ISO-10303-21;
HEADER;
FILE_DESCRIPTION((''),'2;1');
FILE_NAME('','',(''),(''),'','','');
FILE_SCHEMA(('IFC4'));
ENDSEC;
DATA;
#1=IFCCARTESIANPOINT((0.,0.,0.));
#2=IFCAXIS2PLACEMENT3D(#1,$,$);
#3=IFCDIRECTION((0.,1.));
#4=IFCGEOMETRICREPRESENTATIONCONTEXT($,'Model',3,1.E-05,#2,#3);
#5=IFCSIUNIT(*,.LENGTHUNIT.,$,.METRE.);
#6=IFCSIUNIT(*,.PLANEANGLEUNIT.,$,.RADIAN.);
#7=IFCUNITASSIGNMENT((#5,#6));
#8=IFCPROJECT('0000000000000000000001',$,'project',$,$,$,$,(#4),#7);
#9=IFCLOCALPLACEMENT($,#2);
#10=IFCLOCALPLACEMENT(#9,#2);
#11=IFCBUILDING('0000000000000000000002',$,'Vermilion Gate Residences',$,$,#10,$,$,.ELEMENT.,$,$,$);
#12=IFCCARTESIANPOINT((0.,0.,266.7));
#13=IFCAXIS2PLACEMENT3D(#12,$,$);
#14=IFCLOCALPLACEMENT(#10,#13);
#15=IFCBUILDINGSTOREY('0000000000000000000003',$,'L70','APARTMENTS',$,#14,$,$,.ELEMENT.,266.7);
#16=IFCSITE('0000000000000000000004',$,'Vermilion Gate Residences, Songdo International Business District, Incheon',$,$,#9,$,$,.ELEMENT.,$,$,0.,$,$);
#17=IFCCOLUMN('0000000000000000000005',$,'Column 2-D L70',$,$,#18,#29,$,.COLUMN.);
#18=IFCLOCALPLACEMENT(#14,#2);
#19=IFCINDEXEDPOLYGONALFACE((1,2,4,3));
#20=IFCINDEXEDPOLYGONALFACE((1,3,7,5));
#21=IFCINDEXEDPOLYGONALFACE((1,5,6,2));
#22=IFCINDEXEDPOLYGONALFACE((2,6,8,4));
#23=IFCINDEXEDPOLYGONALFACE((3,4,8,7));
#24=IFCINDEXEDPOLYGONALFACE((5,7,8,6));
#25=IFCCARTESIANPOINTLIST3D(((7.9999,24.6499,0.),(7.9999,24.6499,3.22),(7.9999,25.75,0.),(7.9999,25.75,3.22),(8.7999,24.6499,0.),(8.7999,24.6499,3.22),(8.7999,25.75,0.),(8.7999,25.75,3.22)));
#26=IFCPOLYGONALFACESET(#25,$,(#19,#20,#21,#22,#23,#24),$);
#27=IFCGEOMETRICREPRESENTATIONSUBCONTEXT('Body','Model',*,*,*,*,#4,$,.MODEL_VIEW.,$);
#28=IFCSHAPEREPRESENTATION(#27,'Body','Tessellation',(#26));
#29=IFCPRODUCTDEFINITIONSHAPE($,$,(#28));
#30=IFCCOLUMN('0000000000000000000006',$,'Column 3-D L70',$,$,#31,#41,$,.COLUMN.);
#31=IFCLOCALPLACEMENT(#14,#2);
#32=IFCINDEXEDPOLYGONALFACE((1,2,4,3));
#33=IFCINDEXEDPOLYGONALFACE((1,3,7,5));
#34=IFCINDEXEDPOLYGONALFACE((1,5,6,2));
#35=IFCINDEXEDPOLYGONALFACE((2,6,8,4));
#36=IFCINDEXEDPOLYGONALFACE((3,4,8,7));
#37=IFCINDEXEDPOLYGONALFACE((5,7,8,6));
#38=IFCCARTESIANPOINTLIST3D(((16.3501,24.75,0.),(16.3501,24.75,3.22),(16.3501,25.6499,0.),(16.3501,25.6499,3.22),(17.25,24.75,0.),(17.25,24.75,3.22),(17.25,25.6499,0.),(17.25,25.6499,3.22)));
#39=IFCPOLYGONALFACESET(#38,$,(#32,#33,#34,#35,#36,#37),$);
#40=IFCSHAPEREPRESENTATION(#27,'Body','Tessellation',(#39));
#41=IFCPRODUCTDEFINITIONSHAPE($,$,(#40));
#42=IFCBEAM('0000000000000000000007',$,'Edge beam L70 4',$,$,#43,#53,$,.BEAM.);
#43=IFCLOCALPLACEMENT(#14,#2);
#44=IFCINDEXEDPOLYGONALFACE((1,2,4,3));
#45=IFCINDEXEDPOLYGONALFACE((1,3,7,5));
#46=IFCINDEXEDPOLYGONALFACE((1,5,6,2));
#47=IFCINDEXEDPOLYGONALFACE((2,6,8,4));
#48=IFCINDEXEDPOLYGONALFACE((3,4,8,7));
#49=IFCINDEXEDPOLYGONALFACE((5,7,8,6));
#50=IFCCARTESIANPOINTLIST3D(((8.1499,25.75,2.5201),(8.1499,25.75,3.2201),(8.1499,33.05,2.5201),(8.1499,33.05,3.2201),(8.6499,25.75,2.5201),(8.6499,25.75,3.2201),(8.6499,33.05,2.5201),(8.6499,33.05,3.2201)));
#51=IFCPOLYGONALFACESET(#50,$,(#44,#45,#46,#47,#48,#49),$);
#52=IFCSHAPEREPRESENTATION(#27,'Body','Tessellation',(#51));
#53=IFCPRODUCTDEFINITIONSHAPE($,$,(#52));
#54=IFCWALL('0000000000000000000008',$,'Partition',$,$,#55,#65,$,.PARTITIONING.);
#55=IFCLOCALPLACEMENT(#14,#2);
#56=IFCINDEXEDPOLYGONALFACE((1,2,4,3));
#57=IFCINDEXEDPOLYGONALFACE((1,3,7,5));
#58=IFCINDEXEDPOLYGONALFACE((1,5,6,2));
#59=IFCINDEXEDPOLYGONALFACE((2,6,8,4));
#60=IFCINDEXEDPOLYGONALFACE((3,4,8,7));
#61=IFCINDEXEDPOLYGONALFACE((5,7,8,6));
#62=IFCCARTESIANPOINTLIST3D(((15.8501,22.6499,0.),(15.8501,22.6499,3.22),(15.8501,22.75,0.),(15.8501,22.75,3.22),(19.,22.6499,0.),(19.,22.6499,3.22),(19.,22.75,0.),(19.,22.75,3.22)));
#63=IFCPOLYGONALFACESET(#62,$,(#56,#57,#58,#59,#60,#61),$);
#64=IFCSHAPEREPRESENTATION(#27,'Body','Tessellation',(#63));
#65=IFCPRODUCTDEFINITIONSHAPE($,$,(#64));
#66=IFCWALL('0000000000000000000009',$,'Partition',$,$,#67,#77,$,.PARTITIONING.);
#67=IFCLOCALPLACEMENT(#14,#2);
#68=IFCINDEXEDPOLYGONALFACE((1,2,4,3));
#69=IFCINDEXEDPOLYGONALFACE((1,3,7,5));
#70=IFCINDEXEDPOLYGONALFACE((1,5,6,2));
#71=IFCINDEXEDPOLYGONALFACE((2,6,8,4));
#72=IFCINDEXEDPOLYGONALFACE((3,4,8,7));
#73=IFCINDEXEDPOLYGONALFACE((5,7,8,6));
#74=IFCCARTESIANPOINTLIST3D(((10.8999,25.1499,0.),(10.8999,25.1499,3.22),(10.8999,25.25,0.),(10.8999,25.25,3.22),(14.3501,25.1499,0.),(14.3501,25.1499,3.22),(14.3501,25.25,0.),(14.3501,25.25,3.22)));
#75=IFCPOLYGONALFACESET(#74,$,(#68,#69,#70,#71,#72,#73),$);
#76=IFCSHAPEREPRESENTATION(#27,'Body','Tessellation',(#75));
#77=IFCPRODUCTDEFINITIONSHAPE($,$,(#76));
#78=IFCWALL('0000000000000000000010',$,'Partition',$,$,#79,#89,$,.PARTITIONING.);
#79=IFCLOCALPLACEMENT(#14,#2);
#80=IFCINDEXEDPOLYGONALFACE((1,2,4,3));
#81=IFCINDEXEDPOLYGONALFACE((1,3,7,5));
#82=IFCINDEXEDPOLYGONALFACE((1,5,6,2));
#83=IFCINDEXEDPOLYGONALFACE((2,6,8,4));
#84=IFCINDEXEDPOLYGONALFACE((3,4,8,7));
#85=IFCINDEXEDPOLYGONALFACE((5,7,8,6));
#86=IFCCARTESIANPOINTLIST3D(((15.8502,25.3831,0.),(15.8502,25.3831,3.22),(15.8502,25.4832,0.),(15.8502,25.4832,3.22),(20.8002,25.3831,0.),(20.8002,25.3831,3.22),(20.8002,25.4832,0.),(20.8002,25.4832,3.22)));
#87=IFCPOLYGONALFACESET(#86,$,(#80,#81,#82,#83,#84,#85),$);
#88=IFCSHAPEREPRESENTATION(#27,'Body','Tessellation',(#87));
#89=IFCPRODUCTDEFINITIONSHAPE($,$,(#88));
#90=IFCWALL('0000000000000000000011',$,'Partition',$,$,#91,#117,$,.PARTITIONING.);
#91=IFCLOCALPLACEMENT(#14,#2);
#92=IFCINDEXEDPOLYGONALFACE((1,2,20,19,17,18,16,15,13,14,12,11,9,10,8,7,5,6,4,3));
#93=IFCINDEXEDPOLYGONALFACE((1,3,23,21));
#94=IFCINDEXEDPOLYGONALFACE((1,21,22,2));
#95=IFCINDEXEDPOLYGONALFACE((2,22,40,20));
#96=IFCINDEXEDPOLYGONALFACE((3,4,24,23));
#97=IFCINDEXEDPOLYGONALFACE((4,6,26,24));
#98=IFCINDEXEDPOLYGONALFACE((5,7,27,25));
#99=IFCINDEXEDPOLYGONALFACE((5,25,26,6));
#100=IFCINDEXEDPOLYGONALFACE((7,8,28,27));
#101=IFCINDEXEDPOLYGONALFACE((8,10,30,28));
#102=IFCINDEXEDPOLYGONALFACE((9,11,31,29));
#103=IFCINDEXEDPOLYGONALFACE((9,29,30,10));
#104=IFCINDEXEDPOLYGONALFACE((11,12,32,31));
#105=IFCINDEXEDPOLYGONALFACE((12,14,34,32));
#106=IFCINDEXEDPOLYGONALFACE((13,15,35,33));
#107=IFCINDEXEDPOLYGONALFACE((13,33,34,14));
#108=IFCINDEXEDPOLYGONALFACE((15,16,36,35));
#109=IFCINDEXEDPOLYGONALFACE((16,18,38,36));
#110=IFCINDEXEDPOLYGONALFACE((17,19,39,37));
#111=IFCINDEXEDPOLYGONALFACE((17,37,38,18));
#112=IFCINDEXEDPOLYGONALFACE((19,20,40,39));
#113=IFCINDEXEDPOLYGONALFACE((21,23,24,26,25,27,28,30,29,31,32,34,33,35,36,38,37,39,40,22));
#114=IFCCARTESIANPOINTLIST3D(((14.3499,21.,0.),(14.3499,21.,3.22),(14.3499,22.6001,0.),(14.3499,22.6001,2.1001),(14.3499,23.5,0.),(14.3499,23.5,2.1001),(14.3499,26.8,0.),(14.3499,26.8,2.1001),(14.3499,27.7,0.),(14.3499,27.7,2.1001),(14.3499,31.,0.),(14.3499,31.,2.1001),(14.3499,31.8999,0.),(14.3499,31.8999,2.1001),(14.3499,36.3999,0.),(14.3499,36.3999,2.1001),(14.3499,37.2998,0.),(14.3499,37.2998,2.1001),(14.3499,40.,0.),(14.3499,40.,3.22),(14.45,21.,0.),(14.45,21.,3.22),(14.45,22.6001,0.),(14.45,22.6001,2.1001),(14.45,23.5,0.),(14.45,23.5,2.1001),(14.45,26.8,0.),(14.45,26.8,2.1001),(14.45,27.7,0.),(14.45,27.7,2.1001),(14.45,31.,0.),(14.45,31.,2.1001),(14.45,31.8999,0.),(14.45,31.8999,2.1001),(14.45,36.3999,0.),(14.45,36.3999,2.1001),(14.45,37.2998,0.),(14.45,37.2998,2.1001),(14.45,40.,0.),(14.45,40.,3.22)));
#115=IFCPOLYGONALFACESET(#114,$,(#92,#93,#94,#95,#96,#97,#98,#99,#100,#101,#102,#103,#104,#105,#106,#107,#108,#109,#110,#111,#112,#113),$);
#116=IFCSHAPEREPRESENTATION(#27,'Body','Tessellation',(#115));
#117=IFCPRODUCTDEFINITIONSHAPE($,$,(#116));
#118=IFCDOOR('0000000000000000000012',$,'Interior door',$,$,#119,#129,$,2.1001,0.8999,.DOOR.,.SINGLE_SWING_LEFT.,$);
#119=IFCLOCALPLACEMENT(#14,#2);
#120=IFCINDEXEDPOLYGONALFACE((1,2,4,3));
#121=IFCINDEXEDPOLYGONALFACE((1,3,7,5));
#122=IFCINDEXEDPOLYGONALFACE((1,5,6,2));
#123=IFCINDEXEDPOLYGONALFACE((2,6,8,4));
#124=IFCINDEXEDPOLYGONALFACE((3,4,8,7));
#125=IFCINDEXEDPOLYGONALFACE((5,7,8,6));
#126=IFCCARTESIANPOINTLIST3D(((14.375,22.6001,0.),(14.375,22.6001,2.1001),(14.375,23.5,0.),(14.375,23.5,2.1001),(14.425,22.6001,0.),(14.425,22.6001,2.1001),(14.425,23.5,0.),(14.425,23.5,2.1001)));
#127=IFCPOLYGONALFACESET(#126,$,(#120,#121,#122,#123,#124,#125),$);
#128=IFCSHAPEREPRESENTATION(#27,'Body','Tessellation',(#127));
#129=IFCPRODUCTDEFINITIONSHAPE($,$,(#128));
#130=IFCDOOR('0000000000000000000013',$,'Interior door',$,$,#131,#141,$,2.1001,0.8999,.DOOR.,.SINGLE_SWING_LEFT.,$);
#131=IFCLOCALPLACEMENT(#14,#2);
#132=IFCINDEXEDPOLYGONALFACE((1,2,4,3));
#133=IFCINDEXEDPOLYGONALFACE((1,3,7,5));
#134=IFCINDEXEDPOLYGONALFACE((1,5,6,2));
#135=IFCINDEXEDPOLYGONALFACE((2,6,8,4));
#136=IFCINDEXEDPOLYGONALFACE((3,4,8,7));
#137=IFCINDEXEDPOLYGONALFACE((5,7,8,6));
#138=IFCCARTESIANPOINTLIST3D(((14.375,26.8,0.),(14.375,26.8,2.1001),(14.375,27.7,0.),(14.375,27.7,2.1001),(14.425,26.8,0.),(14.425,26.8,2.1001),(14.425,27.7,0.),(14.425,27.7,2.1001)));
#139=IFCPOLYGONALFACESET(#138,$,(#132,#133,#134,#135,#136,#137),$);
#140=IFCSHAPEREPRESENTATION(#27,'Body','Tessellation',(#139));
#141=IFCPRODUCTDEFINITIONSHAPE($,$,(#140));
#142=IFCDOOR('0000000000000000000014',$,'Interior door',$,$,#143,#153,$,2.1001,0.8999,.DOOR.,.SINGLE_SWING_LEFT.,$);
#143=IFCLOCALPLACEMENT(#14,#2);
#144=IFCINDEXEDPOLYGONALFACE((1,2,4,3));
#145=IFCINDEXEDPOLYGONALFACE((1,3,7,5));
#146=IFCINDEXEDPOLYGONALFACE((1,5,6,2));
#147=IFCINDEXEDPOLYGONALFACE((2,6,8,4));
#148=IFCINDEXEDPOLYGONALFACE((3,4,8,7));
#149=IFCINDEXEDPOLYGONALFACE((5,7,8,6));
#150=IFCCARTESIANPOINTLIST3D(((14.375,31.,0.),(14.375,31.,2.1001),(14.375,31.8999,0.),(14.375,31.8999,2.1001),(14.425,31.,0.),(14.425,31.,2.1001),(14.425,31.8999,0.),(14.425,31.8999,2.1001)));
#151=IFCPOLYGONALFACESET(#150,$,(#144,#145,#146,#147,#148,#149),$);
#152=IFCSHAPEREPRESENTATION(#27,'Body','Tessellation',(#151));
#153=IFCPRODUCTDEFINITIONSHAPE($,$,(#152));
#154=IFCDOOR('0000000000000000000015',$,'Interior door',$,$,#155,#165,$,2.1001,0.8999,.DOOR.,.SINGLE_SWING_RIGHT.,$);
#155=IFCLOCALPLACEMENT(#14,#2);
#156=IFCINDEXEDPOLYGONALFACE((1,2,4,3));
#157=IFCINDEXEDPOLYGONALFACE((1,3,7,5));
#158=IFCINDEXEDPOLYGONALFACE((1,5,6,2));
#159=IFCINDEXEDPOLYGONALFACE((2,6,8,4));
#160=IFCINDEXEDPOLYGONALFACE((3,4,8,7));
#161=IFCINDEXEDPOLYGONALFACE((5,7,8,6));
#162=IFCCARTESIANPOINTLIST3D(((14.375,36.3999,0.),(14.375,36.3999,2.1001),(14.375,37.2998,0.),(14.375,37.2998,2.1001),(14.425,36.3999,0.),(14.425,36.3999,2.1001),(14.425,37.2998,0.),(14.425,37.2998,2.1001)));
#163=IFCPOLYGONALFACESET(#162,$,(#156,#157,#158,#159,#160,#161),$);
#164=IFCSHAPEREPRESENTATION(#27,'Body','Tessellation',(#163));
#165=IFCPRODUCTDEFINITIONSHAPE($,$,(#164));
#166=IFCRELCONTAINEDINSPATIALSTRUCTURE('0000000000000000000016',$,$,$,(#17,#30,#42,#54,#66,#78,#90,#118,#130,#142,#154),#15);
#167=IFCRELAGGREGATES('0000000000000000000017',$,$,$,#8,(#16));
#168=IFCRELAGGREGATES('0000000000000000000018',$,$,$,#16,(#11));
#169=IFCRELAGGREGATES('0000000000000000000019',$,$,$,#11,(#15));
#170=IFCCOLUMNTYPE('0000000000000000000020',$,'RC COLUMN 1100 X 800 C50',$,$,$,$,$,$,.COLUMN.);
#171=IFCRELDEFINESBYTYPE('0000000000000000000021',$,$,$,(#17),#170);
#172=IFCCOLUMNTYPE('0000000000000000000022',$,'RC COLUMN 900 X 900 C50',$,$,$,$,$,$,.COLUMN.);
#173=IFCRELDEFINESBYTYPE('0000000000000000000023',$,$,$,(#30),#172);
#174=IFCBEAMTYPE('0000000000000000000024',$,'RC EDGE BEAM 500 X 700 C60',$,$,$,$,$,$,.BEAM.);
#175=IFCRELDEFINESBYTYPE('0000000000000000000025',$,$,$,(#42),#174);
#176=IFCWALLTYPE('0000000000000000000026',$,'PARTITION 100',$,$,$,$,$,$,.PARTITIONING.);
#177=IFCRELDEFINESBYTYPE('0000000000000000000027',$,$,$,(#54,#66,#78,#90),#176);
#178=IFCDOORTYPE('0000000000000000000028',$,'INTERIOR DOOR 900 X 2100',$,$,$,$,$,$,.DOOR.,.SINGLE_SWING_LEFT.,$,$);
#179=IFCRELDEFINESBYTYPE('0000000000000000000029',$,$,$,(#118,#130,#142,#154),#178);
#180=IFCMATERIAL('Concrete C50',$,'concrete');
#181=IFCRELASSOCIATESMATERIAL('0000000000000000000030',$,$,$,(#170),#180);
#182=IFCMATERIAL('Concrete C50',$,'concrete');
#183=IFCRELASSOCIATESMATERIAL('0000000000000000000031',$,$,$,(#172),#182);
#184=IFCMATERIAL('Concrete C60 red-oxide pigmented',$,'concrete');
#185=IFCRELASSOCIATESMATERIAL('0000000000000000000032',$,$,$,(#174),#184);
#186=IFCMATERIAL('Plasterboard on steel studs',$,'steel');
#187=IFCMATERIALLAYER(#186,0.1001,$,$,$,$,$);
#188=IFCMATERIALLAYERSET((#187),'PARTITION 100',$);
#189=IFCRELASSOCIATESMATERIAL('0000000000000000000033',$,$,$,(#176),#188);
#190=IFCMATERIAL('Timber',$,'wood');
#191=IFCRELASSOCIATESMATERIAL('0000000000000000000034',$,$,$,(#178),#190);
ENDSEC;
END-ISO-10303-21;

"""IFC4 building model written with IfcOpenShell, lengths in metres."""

from ifc_helpers import new_model, si_unit, direction, frame, frame_2d, origin, origin_2d, place, context, subcontext, project, spatial, rectangle, extrude, material, layer, layer_set, material_profile, profile_set, type_object, element, fill, save


model = new_model("IFC4")

# Units and contexts
model_context = context("Model", 3, precision=1e-05, world=origin(), true_north=direction((0.0, 1.0)))
body_context = subcontext(model_context, "Body", "Model", "MODEL_VIEW")
ifc_project = project(units=[si_unit("LENGTHUNIT", "METRE"), si_unit("PLANEANGLEUNIT", "RADIAN")], contexts=[model_context])

# Site, building, storey
site_placement = place(None, origin())
site = spatial("IfcSite", under=ifc_project, at=site_placement, Name="Vermilion Gate Residences, Songdo International Business District, Incheon", CompositionType="ELEMENT", RefElevation=0.0)
building_placement = place(site_placement, origin())
building = spatial("IfcBuilding", under=site, at=building_placement, Name="Vermilion Gate Residences", CompositionType="ELEMENT")
storey_placement = place(building_placement, frame((0.0, 0.0, 266.7)))
storey = spatial("IfcBuildingStorey", under=building, at=storey_placement, Name="L70", Description="APARTMENTS", CompositionType="ELEMENT", Elevation=266.7)

# Columns
ifc_material_1 = material(Name="Concrete C50", Category="concrete")
ifc_material_profile_1 = material_profile(ifc_material_1, rectangle(XDim=1.1001, YDim=0.8, at=origin_2d()), Name="RC-1100x800")
ifc_profile_set_1 = profile_set([ifc_material_profile_1], Name="Concrete C50")
column_type_1 = type_object("IfcColumnType", Name="RC COLUMN 1100 X 800 C50", PredefinedType="COLUMN", material=ifc_profile_set_1)
column_1_placement = place(storey_placement, frame((8.3999, 25.2, 0.0), z_axis=(0.0, 0.0, 1.0), x_axis=(0.0, 1.0, 0.0)))
element("IfcColumn", 1, at=column_1_placement, inside=storey, type_object=column_type_1, Name="Column 2-D L70", PredefinedType="COLUMN", context=body_context, shape_type="SweptSolid", body=[
    extrude(rectangle(XDim=1.1001, YDim=0.8, at=origin_2d()), origin(), (0.0, 0.0, 1.0), 3.22),
])
ifc_material_2 = material(Name="Concrete C50", Category="concrete")
ifc_material_profile_2 = material_profile(ifc_material_2, rectangle(XDim=0.8999, YDim=0.8999, at=origin_2d()), Name="RC-900x900")
ifc_profile_set_2 = profile_set([ifc_material_profile_2], Name="Concrete C50")
column_type_2 = type_object("IfcColumnType", Name="RC COLUMN 900 X 900 C50", PredefinedType="COLUMN", material=ifc_profile_set_2)
column_2_placement = place(storey_placement, frame((16.8, 25.2, 0.0), z_axis=(0.0, 0.0, 1.0), x_axis=(1.0, 0.0, 0.0)))
element("IfcColumn", 2, at=column_2_placement, inside=storey, type_object=column_type_2, Name="Column 3-D L70", PredefinedType="COLUMN", context=body_context, shape_type="SweptSolid", body=[
    extrude(rectangle(XDim=0.8999, YDim=0.8999, at=origin_2d()), origin(), (0.0, 0.0, 1.0), 3.22),
])

# Beam
ifc_material_3 = material(Name="Concrete C60 red-oxide pigmented", Category="concrete")
ifc_material_profile_3 = material_profile(ifc_material_3, rectangle(XDim=0.5, YDim=0.7, at=origin_2d()), Name="RC-500x700")
ifc_profile_set_3 = profile_set([ifc_material_profile_3], Name="Concrete C60 red-oxide pigmented")
beam_type = type_object("IfcBeamType", Name="RC EDGE BEAM 500 X 700 C60", PredefinedType="BEAM", material=ifc_profile_set_3)
beam_placement = place(storey_placement, frame((8.3999, 25.75, 2.8701), z_axis=(0.0, 1.0, 0.0), x_axis=(-1.0, 0.0, 0.0)))
element("IfcBeam", 3, at=beam_placement, inside=storey, type_object=beam_type, Name="Edge beam L70 4", PredefinedType="BEAM", context=body_context, shape_type="SweptSolid", body=[
    extrude(rectangle(XDim=0.5, YDim=0.7, at=origin_2d()), origin(), (0.0, 0.0, 1.0), 7.3),
])

# Walls
ifc_material_4 = material(Name="Plasterboard on steel studs", Category="steel")
ifc_layer_1 = layer(ifc_material_4, 0.1001)
ifc_layer_set_1 = layer_set([ifc_layer_1], Name="PARTITION 100")
wall_type_1 = type_object("IfcWallType", Name="PARTITION 100", PredefinedType="PARTITIONING", material=ifc_layer_set_1)
wall_1_placement = place(storey_placement, frame((15.8501, 22.7, 0.0), z_axis=(0.0, 0.0, 1.0), x_axis=(1.0, 0.0, 0.0)))
element("IfcWall", 4, at=wall_1_placement, inside=storey, type_object=wall_type_1, Name="Partition", PredefinedType="PARTITIONING", context=body_context, shape_type="SweptSolid", body=[
    extrude(rectangle(XDim=3.1499, YDim=0.1001, at=frame_2d((1.575, 0.0))), origin(), (0.0, 0.0, 1.0), 3.22),
])
wall_2_placement = place(storey_placement, frame((10.8999, 25.2, 0.0), z_axis=(0.0, 0.0, 1.0), x_axis=(1.0, 0.0, 0.0)))
element("IfcWall", 5, at=wall_2_placement, inside=storey, type_object=wall_type_1, Name="Partition", PredefinedType="PARTITIONING", context=body_context, shape_type="SweptSolid", body=[
    extrude(rectangle(XDim=3.4502, YDim=0.1001, at=frame_2d((1.7251, 0.0))), origin(), (0.0, 0.0, 1.0), 3.22),
])
wall_3_placement = place(storey_placement, frame((15.8501, 25.4331, 0.0), z_axis=(0.0, 0.0, 1.0), x_axis=(1.0, 0.0, 0.0)))
element("IfcWall", 6, at=wall_3_placement, inside=storey, type_object=wall_type_1, Name="Partition", PredefinedType="PARTITIONING", context=body_context, shape_type="SweptSolid", body=[
    extrude(rectangle(XDim=4.95, YDim=0.1001, at=frame_2d((2.4751, 0.0))), origin(), (0.0, 0.0, 1.0), 3.22),
])

# Wall, openings, doors
wall_4_placement = place(storey_placement, frame((14.3999, 21.0, 0.0), z_axis=(0.0, 0.0, 1.0), x_axis=(0.0, 1.0, 0.0)))
wall_4 = element("IfcWall", 7, at=wall_4_placement, inside=storey, type_object=wall_type_1, Name="Partition", PredefinedType="PARTITIONING", context=body_context, shape_type="SweptSolid", body=[
    extrude(rectangle(XDim=19.0, YDim=0.1001, at=frame_2d((9.5, 0.0))), origin(), (0.0, 0.0, 1.0), 3.22),
])
opening_1_placement = place(wall_4_placement, frame((1.6001, 0.0, 0.0)))
opening_1 = element("IfcOpeningElement", 8, at=opening_1_placement, cuts=wall_4, PredefinedType="OPENING", context=body_context, shape_type="SweptSolid", body=[
    extrude(rectangle(XDim=0.8999, YDim=2.1001, at=frame_2d((0.45, 1.05))), frame((0.0, 0.0601, 0.0), z_axis=(0.0, -1.0, 0.0), x_axis=(1.0, 0.0, 0.0)), (0.0, 0.0, 1.0), 0.1201),
])
opening_2_placement = place(wall_4_placement, frame((5.8, 0.0, 0.0)))
opening_2 = element("IfcOpeningElement", 9, at=opening_2_placement, cuts=wall_4, PredefinedType="OPENING", context=body_context, shape_type="SweptSolid", body=[
    extrude(rectangle(XDim=0.8999, YDim=2.1001, at=frame_2d((0.45, 1.05))), frame((0.0, 0.0601, 0.0), z_axis=(0.0, -1.0, 0.0), x_axis=(1.0, 0.0, 0.0)), (0.0, 0.0, 1.0), 0.1201),
])
opening_3_placement = place(wall_4_placement, frame((10.0, 0.0, 0.0)))
opening_3 = element("IfcOpeningElement", 10, at=opening_3_placement, cuts=wall_4, PredefinedType="OPENING", context=body_context, shape_type="SweptSolid", body=[
    extrude(rectangle(XDim=0.8999, YDim=2.1001, at=frame_2d((0.45, 1.05))), frame((0.0, 0.0601, 0.0), z_axis=(0.0, -1.0, 0.0), x_axis=(1.0, 0.0, 0.0)), (0.0, 0.0, 1.0), 0.1201),
])
opening_4_placement = place(wall_4_placement, frame((15.3999, 0.0, 0.0)))
opening_4 = element("IfcOpeningElement", 11, at=opening_4_placement, cuts=wall_4, PredefinedType="OPENING", context=body_context, shape_type="SweptSolid", body=[
    extrude(rectangle(XDim=0.8999, YDim=2.1001, at=frame_2d((0.45, 1.05))), frame((0.0, 0.0601, 0.0), z_axis=(0.0, -1.0, 0.0), x_axis=(1.0, 0.0, 0.0)), (0.0, 0.0, 1.0), 0.1201),
])
ifc_material_5 = material(Name="Timber", Category="wood")
door_type_1 = type_object("IfcDoorType", Name="INTERIOR DOOR 900 X 2100", OperationType="SINGLE_SWING_LEFT", PredefinedType="DOOR", material=ifc_material_5)
door_1_placement = place(opening_1_placement, origin())
door_1 = element("IfcDoor", 12, at=door_1_placement, inside=storey, type_object=door_type_1, Name="Interior door", OperationType="SINGLE_SWING_LEFT", OverallHeight=2.1001, OverallWidth=0.8999, PredefinedType="DOOR", context=body_context, shape_type="SweptSolid", body=[
    extrude(rectangle(XDim=0.8999, YDim=2.1001, at=frame_2d((0.45, 1.05))), frame((0.0, 0.0249, 0.0), z_axis=(0.0, -1.0, 0.0), x_axis=(1.0, 0.0, 0.0)), (0.0, 0.0, 1.0), 0.05),
])
fill(opening_1, door_1)
door_2_placement = place(opening_2_placement, origin())
door_2 = element("IfcDoor", 13, at=door_2_placement, inside=storey, type_object=door_type_1, Name="Interior door", OperationType="SINGLE_SWING_LEFT", OverallHeight=2.1001, OverallWidth=0.8999, PredefinedType="DOOR", context=body_context, shape_type="SweptSolid", body=[
    extrude(rectangle(XDim=0.8999, YDim=2.1001, at=frame_2d((0.45, 1.05))), frame((0.0, 0.0249, 0.0), z_axis=(0.0, -1.0, 0.0), x_axis=(1.0, 0.0, 0.0)), (0.0, 0.0, 1.0), 0.05),
])
fill(opening_2, door_2)
door_3_placement = place(opening_3_placement, origin())
door_3 = element("IfcDoor", 14, at=door_3_placement, inside=storey, type_object=door_type_1, Name="Interior door", OperationType="SINGLE_SWING_LEFT", OverallHeight=2.1001, OverallWidth=0.8999, PredefinedType="DOOR", context=body_context, shape_type="SweptSolid", body=[
    extrude(rectangle(XDim=0.8999, YDim=2.1001, at=frame_2d((0.45, 1.05))), frame((0.0, 0.0249, 0.0), z_axis=(0.0, -1.0, 0.0), x_axis=(1.0, 0.0, 0.0)), (0.0, 0.0, 1.0), 0.05),
])
fill(opening_3, door_3)
door_4_placement = place(opening_4_placement, origin())
door_4 = element("IfcDoor", 15, at=door_4_placement, inside=storey, type_object=door_type_1, Name="Interior door", OperationType="SINGLE_SWING_RIGHT", OverallHeight=2.1001, OverallWidth=0.8999, PredefinedType="DOOR", context=body_context, shape_type="SweptSolid", body=[
    extrude(rectangle(XDim=0.8999, YDim=2.1001, at=frame_2d((0.45, 1.05))), frame((0.0, 0.0249, 0.0), z_axis=(0.0, -1.0, 0.0), x_axis=(1.0, 0.0, 0.0)), (0.0, 0.0, 1.0), 0.05),
])
fill(opening_4, door_4)

save(model, "model.ifc")
